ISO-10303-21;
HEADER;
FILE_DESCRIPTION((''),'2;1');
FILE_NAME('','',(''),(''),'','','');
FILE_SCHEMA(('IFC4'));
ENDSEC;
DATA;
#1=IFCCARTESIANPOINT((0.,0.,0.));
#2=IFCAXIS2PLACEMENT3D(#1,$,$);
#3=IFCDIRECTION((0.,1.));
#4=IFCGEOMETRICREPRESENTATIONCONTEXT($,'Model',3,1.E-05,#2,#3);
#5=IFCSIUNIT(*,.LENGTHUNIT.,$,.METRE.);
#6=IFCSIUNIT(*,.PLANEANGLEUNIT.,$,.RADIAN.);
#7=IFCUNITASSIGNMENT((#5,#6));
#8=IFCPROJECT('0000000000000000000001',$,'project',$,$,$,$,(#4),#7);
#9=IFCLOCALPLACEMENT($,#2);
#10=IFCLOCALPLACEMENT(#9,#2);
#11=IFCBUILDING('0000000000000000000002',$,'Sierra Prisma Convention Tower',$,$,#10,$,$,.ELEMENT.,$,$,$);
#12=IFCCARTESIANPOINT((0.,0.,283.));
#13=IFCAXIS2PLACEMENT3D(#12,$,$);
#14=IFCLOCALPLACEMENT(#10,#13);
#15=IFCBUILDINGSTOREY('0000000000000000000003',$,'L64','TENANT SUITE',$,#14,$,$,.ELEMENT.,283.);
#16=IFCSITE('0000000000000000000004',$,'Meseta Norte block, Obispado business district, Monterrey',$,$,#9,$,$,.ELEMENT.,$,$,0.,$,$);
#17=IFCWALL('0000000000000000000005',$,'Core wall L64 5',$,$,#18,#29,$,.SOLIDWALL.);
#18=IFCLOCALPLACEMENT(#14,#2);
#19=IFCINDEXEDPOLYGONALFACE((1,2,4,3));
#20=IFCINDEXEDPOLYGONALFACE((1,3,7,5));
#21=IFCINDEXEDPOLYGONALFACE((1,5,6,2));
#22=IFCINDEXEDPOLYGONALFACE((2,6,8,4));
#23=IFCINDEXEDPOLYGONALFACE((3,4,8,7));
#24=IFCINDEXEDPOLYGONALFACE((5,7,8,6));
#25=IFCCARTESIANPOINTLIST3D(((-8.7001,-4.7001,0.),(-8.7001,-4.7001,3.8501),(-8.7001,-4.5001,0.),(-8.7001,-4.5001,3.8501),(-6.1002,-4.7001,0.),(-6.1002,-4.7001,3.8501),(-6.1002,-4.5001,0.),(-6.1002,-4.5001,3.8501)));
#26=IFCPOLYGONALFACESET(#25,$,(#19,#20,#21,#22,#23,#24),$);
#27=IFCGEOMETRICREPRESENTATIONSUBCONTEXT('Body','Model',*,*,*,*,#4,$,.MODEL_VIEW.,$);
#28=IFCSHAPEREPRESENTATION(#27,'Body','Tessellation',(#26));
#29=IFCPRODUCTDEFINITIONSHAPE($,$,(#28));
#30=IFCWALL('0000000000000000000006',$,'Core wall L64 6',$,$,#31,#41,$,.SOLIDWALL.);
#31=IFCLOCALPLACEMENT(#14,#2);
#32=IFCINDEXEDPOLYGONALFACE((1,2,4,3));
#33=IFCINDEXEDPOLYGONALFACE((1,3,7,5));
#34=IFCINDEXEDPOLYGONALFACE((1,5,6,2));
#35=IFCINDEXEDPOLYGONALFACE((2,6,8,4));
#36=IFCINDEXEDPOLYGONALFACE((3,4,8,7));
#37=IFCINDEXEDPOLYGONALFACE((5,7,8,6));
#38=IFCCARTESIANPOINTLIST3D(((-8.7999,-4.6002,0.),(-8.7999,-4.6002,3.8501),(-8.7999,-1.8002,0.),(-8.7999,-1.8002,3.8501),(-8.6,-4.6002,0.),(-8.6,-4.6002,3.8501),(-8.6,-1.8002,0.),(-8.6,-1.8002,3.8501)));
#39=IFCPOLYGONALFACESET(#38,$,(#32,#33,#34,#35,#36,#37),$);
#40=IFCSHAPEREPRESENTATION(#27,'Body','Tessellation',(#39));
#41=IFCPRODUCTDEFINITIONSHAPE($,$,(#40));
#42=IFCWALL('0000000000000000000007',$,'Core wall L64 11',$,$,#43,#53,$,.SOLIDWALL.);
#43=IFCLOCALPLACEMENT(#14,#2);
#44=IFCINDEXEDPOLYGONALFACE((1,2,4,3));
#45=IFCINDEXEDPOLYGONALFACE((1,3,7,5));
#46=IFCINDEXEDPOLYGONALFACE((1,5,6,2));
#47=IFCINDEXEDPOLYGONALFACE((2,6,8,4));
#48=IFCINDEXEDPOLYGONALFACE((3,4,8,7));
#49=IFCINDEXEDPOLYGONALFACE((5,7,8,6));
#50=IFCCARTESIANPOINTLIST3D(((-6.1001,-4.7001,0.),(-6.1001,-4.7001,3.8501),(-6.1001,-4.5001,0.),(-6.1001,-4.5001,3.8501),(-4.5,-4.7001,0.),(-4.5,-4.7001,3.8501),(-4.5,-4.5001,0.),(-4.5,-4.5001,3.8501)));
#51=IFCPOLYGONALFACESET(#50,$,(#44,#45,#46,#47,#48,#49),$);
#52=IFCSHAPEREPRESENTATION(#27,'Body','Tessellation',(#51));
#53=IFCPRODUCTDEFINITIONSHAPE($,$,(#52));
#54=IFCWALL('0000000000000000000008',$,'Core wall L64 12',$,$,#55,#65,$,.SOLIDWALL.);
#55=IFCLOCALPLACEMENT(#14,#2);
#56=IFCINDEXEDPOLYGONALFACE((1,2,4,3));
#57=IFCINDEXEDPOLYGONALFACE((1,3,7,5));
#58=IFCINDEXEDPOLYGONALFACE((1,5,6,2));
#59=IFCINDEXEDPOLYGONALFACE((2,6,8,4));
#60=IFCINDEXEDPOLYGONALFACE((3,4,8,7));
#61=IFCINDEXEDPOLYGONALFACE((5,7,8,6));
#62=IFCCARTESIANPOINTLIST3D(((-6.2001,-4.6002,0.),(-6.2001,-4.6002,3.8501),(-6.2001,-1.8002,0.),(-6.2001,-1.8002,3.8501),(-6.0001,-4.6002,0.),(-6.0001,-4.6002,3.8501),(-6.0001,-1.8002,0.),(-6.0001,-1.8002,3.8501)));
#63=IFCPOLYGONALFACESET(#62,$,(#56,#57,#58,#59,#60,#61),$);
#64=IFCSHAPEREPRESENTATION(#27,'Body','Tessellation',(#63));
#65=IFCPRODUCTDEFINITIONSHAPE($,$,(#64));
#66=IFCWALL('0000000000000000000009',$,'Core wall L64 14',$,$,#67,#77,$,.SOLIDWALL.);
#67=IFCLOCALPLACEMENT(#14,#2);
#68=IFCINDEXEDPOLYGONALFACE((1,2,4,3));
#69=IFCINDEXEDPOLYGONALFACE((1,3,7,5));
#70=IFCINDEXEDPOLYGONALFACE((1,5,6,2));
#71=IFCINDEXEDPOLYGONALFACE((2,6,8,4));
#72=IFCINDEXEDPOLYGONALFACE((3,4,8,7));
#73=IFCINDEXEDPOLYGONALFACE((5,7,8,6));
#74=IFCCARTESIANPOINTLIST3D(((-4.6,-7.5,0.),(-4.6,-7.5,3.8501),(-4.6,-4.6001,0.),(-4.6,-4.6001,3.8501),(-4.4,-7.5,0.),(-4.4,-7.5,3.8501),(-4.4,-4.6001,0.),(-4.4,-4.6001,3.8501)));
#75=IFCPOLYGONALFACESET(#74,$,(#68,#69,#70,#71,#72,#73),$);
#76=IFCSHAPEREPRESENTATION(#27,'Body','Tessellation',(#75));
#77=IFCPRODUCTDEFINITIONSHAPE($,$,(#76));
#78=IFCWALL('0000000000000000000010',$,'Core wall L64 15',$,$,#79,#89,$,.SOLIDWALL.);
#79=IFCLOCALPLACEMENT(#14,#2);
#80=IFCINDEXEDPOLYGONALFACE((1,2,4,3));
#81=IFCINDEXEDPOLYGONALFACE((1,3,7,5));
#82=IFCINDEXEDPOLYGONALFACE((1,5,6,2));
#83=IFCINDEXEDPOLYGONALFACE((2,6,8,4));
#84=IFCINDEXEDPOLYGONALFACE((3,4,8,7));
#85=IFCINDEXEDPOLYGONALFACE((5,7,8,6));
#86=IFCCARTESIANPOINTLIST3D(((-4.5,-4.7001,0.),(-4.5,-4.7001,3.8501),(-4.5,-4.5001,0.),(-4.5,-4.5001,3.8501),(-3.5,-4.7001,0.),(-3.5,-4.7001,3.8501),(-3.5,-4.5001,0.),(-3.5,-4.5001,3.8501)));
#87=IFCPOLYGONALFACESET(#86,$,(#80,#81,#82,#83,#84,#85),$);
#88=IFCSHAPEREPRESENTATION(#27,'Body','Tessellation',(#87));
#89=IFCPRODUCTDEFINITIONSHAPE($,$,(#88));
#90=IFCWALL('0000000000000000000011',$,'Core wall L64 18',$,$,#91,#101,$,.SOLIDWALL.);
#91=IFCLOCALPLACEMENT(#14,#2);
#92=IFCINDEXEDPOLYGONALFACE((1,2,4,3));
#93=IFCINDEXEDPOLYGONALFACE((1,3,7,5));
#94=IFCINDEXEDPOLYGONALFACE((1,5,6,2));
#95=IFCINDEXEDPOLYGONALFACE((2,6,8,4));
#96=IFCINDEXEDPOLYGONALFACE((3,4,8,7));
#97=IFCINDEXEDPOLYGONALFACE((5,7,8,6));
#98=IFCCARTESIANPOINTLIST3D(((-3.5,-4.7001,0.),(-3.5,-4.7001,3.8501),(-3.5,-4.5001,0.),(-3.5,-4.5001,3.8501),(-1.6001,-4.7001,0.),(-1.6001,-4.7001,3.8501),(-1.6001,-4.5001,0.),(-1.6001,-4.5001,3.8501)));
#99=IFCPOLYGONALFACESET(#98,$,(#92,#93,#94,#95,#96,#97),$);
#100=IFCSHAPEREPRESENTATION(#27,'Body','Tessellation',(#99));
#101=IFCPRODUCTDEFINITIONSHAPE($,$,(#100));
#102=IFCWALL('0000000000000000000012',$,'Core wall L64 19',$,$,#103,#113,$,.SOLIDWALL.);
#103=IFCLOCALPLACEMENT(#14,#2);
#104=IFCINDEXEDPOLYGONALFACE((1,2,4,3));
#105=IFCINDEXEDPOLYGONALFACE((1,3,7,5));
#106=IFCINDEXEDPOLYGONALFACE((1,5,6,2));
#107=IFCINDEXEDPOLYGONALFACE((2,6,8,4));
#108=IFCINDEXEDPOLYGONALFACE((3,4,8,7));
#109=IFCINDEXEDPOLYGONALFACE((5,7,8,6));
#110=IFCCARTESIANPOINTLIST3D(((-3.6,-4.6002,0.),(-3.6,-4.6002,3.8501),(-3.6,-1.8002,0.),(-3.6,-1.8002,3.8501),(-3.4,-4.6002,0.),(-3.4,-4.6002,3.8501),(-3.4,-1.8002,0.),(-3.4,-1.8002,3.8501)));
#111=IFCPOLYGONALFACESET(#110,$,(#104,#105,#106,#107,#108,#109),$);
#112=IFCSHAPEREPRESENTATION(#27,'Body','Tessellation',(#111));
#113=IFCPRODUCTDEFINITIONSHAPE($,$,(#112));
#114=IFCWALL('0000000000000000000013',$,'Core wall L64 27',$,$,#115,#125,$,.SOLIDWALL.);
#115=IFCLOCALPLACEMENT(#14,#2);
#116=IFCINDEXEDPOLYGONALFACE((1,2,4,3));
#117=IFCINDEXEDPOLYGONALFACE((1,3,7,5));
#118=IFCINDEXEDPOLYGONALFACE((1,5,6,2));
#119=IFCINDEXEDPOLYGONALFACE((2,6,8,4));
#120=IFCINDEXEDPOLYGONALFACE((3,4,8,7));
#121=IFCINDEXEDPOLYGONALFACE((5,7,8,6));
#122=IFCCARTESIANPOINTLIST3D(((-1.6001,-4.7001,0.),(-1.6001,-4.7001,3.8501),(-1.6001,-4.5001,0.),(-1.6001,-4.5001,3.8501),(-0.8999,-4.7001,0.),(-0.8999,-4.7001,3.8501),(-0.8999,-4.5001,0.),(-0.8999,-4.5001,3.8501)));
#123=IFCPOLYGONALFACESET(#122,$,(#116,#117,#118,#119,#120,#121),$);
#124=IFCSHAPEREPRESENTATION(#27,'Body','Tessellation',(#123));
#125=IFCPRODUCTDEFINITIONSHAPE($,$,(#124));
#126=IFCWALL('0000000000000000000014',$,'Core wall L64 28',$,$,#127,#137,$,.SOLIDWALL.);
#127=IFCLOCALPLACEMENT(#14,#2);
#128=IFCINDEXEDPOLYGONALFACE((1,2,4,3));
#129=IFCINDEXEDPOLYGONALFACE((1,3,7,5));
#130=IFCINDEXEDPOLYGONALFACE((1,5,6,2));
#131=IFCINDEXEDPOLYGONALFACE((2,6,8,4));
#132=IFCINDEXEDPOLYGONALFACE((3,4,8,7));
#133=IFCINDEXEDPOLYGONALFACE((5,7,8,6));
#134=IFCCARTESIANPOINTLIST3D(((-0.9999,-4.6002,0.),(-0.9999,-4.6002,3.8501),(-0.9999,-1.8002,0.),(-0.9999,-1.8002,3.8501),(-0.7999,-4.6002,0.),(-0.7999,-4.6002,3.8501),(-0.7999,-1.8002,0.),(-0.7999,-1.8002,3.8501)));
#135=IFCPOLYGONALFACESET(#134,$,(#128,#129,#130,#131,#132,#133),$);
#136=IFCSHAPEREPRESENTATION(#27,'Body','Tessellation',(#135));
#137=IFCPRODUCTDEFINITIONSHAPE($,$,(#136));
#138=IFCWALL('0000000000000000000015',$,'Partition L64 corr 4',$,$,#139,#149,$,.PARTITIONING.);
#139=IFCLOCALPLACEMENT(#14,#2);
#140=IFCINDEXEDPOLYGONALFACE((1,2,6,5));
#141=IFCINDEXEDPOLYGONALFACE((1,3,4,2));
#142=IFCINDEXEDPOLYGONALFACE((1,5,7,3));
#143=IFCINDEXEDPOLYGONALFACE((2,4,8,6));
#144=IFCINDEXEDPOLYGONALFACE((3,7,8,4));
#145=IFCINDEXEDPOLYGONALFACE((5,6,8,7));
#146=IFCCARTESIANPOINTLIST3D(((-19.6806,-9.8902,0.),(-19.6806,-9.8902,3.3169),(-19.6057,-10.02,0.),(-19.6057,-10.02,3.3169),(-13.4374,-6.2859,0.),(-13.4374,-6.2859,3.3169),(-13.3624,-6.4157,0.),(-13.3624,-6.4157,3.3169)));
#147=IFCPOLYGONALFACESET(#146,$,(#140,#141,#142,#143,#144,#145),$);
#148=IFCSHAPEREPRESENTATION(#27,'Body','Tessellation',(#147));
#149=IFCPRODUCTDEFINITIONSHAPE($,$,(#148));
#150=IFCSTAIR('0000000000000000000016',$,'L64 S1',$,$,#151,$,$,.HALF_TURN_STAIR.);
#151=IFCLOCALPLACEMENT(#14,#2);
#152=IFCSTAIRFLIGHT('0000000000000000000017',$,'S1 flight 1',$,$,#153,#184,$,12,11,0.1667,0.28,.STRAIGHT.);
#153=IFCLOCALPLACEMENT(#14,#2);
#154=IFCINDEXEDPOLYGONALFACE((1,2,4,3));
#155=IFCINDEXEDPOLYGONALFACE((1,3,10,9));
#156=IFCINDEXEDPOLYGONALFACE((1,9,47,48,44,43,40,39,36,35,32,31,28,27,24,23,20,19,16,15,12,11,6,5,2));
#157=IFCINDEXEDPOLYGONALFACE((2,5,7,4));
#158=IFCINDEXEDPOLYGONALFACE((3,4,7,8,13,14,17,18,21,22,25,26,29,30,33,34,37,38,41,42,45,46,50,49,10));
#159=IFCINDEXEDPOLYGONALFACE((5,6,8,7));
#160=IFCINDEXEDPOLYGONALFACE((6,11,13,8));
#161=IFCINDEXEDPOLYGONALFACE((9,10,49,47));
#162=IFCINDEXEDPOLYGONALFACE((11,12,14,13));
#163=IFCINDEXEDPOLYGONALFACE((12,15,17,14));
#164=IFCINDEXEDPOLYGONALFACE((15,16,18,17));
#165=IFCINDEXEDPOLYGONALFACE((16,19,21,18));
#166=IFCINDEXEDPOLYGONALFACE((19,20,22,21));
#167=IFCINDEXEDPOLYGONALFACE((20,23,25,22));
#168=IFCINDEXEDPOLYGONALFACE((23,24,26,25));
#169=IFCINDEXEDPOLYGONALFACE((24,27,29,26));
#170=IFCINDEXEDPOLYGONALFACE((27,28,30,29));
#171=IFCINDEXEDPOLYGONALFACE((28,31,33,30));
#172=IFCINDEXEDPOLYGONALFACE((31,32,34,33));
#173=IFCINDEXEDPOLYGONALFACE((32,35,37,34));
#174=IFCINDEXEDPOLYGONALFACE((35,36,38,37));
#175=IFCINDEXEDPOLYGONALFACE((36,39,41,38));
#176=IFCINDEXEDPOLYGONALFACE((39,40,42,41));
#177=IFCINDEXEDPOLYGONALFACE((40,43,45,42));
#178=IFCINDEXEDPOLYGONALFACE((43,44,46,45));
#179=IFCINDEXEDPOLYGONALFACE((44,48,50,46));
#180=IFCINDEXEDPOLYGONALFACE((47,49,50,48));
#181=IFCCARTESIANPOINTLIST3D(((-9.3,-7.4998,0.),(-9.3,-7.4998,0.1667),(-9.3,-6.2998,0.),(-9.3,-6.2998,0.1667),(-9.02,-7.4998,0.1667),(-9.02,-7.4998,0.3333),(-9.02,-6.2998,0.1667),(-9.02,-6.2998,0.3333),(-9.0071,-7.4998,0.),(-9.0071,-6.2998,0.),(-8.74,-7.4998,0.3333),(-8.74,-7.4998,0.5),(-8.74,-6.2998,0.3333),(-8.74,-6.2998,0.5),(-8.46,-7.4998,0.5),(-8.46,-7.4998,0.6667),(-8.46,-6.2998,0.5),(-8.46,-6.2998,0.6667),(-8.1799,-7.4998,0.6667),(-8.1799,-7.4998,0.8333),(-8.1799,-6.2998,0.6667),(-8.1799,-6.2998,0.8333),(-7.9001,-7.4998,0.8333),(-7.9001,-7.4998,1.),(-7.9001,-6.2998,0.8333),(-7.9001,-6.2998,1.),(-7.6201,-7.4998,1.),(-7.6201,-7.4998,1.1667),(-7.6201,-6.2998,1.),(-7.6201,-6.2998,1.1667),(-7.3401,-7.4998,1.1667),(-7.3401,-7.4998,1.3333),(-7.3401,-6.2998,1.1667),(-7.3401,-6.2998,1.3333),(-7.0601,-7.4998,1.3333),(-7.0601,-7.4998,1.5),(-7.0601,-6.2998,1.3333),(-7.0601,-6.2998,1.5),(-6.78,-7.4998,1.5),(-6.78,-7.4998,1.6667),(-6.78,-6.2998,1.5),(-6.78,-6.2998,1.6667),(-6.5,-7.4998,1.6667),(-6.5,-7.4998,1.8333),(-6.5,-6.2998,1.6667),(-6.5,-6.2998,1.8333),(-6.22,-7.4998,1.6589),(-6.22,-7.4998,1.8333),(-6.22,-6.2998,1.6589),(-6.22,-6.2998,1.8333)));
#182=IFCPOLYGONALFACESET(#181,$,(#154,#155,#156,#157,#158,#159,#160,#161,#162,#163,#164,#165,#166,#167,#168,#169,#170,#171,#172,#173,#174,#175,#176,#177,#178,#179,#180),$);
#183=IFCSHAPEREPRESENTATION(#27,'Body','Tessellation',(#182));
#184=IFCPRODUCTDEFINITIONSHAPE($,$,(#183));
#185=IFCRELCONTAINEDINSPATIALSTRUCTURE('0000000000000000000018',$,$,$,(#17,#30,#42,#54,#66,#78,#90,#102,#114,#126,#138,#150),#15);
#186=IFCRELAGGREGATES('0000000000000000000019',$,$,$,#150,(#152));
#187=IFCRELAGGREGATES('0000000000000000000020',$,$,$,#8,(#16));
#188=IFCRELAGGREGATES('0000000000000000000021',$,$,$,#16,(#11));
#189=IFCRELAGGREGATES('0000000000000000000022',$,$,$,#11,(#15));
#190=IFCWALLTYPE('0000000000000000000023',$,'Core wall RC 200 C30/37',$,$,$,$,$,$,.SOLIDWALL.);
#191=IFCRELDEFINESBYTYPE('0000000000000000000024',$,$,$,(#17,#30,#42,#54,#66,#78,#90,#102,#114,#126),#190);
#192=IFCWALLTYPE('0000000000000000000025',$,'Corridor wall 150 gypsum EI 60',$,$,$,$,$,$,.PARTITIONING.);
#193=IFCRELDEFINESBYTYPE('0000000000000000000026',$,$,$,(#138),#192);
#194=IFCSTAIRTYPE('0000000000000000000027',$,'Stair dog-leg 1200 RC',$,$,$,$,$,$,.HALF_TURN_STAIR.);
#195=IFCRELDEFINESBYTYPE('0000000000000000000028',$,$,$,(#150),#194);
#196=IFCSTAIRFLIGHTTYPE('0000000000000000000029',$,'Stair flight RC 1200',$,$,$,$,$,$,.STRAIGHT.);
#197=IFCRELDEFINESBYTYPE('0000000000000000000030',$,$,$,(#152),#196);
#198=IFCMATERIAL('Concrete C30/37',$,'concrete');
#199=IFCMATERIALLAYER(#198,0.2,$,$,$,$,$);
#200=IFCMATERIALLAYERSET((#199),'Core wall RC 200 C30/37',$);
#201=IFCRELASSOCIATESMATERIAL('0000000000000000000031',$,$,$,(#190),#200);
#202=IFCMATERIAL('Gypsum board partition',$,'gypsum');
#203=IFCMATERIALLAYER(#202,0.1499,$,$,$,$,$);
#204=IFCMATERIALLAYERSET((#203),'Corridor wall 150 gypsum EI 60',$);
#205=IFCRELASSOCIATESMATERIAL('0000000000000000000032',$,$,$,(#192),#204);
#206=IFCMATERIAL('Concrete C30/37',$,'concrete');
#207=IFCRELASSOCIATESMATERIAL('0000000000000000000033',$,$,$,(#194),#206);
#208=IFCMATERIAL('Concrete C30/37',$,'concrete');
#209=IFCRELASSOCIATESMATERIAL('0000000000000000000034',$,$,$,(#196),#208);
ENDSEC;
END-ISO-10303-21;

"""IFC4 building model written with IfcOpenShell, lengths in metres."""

from ifc_helpers import new_model, si_unit, direction, frame, frame_2d, origin, place, context, subcontext, project, spatial, polyline, rectangle, outline, extrude, material, layer, layer_set, type_object, element, aggregate, save


model = new_model("IFC4")

# Units and contexts
model_context = context("Model", 3, precision=1e-05, world=origin(), true_north=direction((0.0, 1.0)))
body_context = subcontext(model_context, "Body", "Model", "MODEL_VIEW")
ifc_project = project(units=[si_unit("LENGTHUNIT", "METRE"), si_unit("PLANEANGLEUNIT", "RADIAN")], contexts=[model_context])

# Site, building, storey
site_placement = place(None, origin())
site = spatial("IfcSite", under=ifc_project, at=site_placement, Name="Meseta Norte block, Obispado business district, Monterrey", CompositionType="ELEMENT", RefElevation=0.0)
building_placement = place(site_placement, origin())
building = spatial("IfcBuilding", under=site, at=building_placement, Name="Sierra Prisma Convention Tower", CompositionType="ELEMENT")
storey_placement = place(building_placement, frame((0.0, 0.0, 283.0)))
storey = spatial("IfcBuildingStorey", under=building, at=storey_placement, Name="L64", Description="TENANT SUITE", CompositionType="ELEMENT", Elevation=283.0)

# Shared definitions
ifc_material_1 = material(Name="Concrete C30/37", Category="concrete")
ifc_layer_1 = layer(ifc_material_1, 0.2)
ifc_layer_set_1 = layer_set([ifc_layer_1], Name="Core wall RC 200 C30/37")
wall_type_1 = type_object("IfcWallType", Name="Core wall RC 200 C30/37", PredefinedType="SOLIDWALL", material=ifc_layer_set_1)

# Walls
wall_1_placement = place(storey_placement, frame((-8.7, -4.6001, 0.0), z_axis=(0.0, 0.0, 1.0), x_axis=(1.0, 0.0, 0.0)))
element("IfcWall", 1, at=wall_1_placement, inside=storey, type_object=wall_type_1, Name="Core wall L64 5", PredefinedType="SOLIDWALL", context=body_context, shape_type="SweptSolid", body=[
    extrude(rectangle(XDim=2.5999, YDim=0.2, at=frame_2d((1.2998, 0.0))), origin(), (0.0, 0.0, 1.0), 3.8501),
])
wall_2_placement = place(storey_placement, frame((-8.7, -4.6001, 0.0), z_axis=(0.0, 0.0, 1.0), x_axis=(0.0, 1.0, 0.0)))
element("IfcWall", 2, at=wall_2_placement, inside=storey, type_object=wall_type_1, Name="Core wall L64 6", PredefinedType="SOLIDWALL", context=body_context, shape_type="SweptSolid", body=[
    extrude(rectangle(XDim=2.8, YDim=0.2, at=frame_2d((1.3999, 0.0))), origin(), (0.0, 0.0, 1.0), 3.8501),
])
wall_3_placement = place(storey_placement, frame((-6.1001, -4.6001, 0.0), z_axis=(0.0, 0.0, 1.0), x_axis=(1.0, 0.0, 0.0)))
element("IfcWall", 3, at=wall_3_placement, inside=storey, type_object=wall_type_1, Name="Core wall L64 11", PredefinedType="SOLIDWALL", context=body_context, shape_type="SweptSolid", body=[
    extrude(rectangle(XDim=1.6001, YDim=0.2, at=frame_2d((0.8, 0.0))), origin(), (0.0, 0.0, 1.0), 3.8501),
])
wall_4_placement = place(storey_placement, frame((-6.1001, -4.6001, 0.0), z_axis=(0.0, 0.0, 1.0), x_axis=(0.0, 1.0, 0.0)))
element("IfcWall", 4, at=wall_4_placement, inside=storey, type_object=wall_type_1, Name="Core wall L64 12", PredefinedType="SOLIDWALL", context=body_context, shape_type="SweptSolid", body=[
    extrude(rectangle(XDim=2.8, YDim=0.2, at=frame_2d((1.3999, 0.0))), origin(), (0.0, 0.0, 1.0), 3.8501),
])
wall_5_placement = place(storey_placement, frame((-4.5, -4.6001, 0.0), z_axis=(0.0, 0.0, 1.0), x_axis=(0.0, -1.0, 0.0)))
element("IfcWall", 5, at=wall_5_placement, inside=storey, type_object=wall_type_1, Name="Core wall L64 14", PredefinedType="SOLIDWALL", context=body_context, shape_type="SweptSolid", body=[
    extrude(rectangle(XDim=2.8999, YDim=0.2, at=frame_2d((1.45, 0.0))), origin(), (0.0, 0.0, 1.0), 3.8501),
])
wall_6_placement = place(storey_placement, frame((-4.5, -4.6001, 0.0), z_axis=(0.0, 0.0, 1.0), x_axis=(1.0, 0.0, 0.0)))
element("IfcWall", 6, at=wall_6_placement, inside=storey, type_object=wall_type_1, Name="Core wall L64 15", PredefinedType="SOLIDWALL", context=body_context, shape_type="SweptSolid", body=[
    extrude(rectangle(XDim=1.0, YDim=0.2, at=frame_2d((0.5, 0.0))), origin(), (0.0, 0.0, 1.0), 3.8501),
])
wall_7_placement = place(storey_placement, frame((-3.5, -4.6001, 0.0), z_axis=(0.0, 0.0, 1.0), x_axis=(1.0, 0.0, 0.0)))
element("IfcWall", 7, at=wall_7_placement, inside=storey, type_object=wall_type_1, Name="Core wall L64 18", PredefinedType="SOLIDWALL", context=body_context, shape_type="SweptSolid", body=[
    extrude(rectangle(XDim=1.8999, YDim=0.2, at=frame_2d((0.95, 0.0))), origin(), (0.0, 0.0, 1.0), 3.8501),
])
wall_8_placement = place(storey_placement, frame((-3.5, -4.6001, 0.0), z_axis=(0.0, 0.0, 1.0), x_axis=(0.0, 1.0, 0.0)))
element("IfcWall", 8, at=wall_8_placement, inside=storey, type_object=wall_type_1, Name="Core wall L64 19", PredefinedType="SOLIDWALL", context=body_context, shape_type="SweptSolid", body=[
    extrude(rectangle(XDim=2.8, YDim=0.2, at=frame_2d((1.3999, 0.0))), origin(), (0.0, 0.0, 1.0), 3.8501),
])
wall_9_placement = place(storey_placement, frame((-1.6001, -4.6001, 0.0), z_axis=(0.0, 0.0, 1.0), x_axis=(1.0, 0.0, 0.0)))
element("IfcWall", 9, at=wall_9_placement, inside=storey, type_object=wall_type_1, Name="Core wall L64 27", PredefinedType="SOLIDWALL", context=body_context, shape_type="SweptSolid", body=[
    extrude(rectangle(XDim=0.7002, YDim=0.2, at=frame_2d((0.3501, 0.0))), origin(), (0.0, 0.0, 1.0), 3.8501),
])
wall_10_placement = place(storey_placement, frame((-0.8999, -4.6001, 0.0), z_axis=(0.0, 0.0, 1.0), x_axis=(0.0, 1.0, 0.0)))
element("IfcWall", 10, at=wall_10_placement, inside=storey, type_object=wall_type_1, Name="Core wall L64 28", PredefinedType="SOLIDWALL", context=body_context, shape_type="SweptSolid", body=[
    extrude(rectangle(XDim=2.8, YDim=0.2, at=frame_2d((1.3999, 0.0))), origin(), (0.0, 0.0, 1.0), 3.8501),
])
ifc_material_2 = material(Name="Gypsum board partition", Category="gypsum")
ifc_layer_2 = layer(ifc_material_2, 0.1499)
ifc_layer_set_2 = layer_set([ifc_layer_2], Name="Corridor wall 150 gypsum EI 60")
wall_type_2 = type_object("IfcWallType", Name="Corridor wall 150 gypsum EI 60", PredefinedType="PARTITIONING", material=ifc_layer_set_2)
wall_11_placement = place(storey_placement, frame((-13.3999, -6.3508, 0.0), z_axis=(0.0, 0.0, 1.0), x_axis=(-0.86604, -0.499975, 0.0)))
element("IfcWall", 11, at=wall_11_placement, inside=storey, type_object=wall_type_2, Name="Partition L64 corr 4", PredefinedType="PARTITIONING", context=body_context, shape_type="SweptSolid", body=[
    extrude(rectangle(XDim=7.209, YDim=0.1499, at=frame_2d((3.6045, 0.0))), origin(), (0.0, 0.0, 1.0), 3.3169),
])

# Stair, stair flight
ifc_material_3 = material(Name="Concrete C30/37", Category="concrete")
stair_type = type_object("IfcStairType", Name="Stair dog-leg 1200 RC", PredefinedType="HALF_TURN_STAIR", material=ifc_material_3)
stair_placement = place(storey_placement, origin())
stair = element("IfcStair", 12, at=stair_placement, inside=storey, type_object=stair_type, Name="L64 S1", PredefinedType="HALF_TURN_STAIR")
ifc_material_4 = material(Name="Concrete C30/37", Category="concrete")
stair_flight_type = type_object("IfcStairFlightType", Name="Stair flight RC 1200", PredefinedType="STRAIGHT", material=ifc_material_4)
stair_flight_1_placement = place(storey_placement, frame((-9.3, -6.8999, 0.0), z_axis=(0.0, 0.0, 1.0), x_axis=(1.0, 0.0, 0.0)))
stair_flight_1 = element("IfcStairFlight", 13, at=stair_flight_1_placement, type_object=stair_flight_type, Name="S1 flight 1", NumberOfRisers=12, NumberOfTreads=11, PredefinedType="STRAIGHT", RiserHeight=0.1667, TreadLength=0.28, context=body_context, shape_type="SweptSolid", body=[
    extrude(outline(polyline([(0.0, 0.0), (0.0, 0.1667), (0.28, 0.1667), (0.28, 0.3333), (0.5601, 0.3333), (0.5601, 0.5), (0.8401, 0.5), (0.8401, 0.6667), (1.1201, 0.6667), (1.1201, 0.8333), (1.3999, 0.8333), (1.3999, 1.0), (1.6799, 1.0), (1.6799, 1.1667), (1.96, 1.1667), (1.96, 1.3333), (2.24, 1.3333), (2.24, 1.5), (2.52, 1.5), (2.52, 1.6667), (2.8, 1.6667), (2.8, 1.8333), (3.0801, 1.8333), (3.0801, 2.0), (3.0801, 1.6589), (0.293, 0.0), (0.0, 0.0)])), frame((0.0, 0.6001, 0.0), z_axis=(0.0, -1.0, 0.0), x_axis=(1.0, 0.0, 0.0)), (0.0, 0.0, 1.0), 1.2),
])
aggregate(stair, [stair_flight_1])

save(model, "model.ifc")
